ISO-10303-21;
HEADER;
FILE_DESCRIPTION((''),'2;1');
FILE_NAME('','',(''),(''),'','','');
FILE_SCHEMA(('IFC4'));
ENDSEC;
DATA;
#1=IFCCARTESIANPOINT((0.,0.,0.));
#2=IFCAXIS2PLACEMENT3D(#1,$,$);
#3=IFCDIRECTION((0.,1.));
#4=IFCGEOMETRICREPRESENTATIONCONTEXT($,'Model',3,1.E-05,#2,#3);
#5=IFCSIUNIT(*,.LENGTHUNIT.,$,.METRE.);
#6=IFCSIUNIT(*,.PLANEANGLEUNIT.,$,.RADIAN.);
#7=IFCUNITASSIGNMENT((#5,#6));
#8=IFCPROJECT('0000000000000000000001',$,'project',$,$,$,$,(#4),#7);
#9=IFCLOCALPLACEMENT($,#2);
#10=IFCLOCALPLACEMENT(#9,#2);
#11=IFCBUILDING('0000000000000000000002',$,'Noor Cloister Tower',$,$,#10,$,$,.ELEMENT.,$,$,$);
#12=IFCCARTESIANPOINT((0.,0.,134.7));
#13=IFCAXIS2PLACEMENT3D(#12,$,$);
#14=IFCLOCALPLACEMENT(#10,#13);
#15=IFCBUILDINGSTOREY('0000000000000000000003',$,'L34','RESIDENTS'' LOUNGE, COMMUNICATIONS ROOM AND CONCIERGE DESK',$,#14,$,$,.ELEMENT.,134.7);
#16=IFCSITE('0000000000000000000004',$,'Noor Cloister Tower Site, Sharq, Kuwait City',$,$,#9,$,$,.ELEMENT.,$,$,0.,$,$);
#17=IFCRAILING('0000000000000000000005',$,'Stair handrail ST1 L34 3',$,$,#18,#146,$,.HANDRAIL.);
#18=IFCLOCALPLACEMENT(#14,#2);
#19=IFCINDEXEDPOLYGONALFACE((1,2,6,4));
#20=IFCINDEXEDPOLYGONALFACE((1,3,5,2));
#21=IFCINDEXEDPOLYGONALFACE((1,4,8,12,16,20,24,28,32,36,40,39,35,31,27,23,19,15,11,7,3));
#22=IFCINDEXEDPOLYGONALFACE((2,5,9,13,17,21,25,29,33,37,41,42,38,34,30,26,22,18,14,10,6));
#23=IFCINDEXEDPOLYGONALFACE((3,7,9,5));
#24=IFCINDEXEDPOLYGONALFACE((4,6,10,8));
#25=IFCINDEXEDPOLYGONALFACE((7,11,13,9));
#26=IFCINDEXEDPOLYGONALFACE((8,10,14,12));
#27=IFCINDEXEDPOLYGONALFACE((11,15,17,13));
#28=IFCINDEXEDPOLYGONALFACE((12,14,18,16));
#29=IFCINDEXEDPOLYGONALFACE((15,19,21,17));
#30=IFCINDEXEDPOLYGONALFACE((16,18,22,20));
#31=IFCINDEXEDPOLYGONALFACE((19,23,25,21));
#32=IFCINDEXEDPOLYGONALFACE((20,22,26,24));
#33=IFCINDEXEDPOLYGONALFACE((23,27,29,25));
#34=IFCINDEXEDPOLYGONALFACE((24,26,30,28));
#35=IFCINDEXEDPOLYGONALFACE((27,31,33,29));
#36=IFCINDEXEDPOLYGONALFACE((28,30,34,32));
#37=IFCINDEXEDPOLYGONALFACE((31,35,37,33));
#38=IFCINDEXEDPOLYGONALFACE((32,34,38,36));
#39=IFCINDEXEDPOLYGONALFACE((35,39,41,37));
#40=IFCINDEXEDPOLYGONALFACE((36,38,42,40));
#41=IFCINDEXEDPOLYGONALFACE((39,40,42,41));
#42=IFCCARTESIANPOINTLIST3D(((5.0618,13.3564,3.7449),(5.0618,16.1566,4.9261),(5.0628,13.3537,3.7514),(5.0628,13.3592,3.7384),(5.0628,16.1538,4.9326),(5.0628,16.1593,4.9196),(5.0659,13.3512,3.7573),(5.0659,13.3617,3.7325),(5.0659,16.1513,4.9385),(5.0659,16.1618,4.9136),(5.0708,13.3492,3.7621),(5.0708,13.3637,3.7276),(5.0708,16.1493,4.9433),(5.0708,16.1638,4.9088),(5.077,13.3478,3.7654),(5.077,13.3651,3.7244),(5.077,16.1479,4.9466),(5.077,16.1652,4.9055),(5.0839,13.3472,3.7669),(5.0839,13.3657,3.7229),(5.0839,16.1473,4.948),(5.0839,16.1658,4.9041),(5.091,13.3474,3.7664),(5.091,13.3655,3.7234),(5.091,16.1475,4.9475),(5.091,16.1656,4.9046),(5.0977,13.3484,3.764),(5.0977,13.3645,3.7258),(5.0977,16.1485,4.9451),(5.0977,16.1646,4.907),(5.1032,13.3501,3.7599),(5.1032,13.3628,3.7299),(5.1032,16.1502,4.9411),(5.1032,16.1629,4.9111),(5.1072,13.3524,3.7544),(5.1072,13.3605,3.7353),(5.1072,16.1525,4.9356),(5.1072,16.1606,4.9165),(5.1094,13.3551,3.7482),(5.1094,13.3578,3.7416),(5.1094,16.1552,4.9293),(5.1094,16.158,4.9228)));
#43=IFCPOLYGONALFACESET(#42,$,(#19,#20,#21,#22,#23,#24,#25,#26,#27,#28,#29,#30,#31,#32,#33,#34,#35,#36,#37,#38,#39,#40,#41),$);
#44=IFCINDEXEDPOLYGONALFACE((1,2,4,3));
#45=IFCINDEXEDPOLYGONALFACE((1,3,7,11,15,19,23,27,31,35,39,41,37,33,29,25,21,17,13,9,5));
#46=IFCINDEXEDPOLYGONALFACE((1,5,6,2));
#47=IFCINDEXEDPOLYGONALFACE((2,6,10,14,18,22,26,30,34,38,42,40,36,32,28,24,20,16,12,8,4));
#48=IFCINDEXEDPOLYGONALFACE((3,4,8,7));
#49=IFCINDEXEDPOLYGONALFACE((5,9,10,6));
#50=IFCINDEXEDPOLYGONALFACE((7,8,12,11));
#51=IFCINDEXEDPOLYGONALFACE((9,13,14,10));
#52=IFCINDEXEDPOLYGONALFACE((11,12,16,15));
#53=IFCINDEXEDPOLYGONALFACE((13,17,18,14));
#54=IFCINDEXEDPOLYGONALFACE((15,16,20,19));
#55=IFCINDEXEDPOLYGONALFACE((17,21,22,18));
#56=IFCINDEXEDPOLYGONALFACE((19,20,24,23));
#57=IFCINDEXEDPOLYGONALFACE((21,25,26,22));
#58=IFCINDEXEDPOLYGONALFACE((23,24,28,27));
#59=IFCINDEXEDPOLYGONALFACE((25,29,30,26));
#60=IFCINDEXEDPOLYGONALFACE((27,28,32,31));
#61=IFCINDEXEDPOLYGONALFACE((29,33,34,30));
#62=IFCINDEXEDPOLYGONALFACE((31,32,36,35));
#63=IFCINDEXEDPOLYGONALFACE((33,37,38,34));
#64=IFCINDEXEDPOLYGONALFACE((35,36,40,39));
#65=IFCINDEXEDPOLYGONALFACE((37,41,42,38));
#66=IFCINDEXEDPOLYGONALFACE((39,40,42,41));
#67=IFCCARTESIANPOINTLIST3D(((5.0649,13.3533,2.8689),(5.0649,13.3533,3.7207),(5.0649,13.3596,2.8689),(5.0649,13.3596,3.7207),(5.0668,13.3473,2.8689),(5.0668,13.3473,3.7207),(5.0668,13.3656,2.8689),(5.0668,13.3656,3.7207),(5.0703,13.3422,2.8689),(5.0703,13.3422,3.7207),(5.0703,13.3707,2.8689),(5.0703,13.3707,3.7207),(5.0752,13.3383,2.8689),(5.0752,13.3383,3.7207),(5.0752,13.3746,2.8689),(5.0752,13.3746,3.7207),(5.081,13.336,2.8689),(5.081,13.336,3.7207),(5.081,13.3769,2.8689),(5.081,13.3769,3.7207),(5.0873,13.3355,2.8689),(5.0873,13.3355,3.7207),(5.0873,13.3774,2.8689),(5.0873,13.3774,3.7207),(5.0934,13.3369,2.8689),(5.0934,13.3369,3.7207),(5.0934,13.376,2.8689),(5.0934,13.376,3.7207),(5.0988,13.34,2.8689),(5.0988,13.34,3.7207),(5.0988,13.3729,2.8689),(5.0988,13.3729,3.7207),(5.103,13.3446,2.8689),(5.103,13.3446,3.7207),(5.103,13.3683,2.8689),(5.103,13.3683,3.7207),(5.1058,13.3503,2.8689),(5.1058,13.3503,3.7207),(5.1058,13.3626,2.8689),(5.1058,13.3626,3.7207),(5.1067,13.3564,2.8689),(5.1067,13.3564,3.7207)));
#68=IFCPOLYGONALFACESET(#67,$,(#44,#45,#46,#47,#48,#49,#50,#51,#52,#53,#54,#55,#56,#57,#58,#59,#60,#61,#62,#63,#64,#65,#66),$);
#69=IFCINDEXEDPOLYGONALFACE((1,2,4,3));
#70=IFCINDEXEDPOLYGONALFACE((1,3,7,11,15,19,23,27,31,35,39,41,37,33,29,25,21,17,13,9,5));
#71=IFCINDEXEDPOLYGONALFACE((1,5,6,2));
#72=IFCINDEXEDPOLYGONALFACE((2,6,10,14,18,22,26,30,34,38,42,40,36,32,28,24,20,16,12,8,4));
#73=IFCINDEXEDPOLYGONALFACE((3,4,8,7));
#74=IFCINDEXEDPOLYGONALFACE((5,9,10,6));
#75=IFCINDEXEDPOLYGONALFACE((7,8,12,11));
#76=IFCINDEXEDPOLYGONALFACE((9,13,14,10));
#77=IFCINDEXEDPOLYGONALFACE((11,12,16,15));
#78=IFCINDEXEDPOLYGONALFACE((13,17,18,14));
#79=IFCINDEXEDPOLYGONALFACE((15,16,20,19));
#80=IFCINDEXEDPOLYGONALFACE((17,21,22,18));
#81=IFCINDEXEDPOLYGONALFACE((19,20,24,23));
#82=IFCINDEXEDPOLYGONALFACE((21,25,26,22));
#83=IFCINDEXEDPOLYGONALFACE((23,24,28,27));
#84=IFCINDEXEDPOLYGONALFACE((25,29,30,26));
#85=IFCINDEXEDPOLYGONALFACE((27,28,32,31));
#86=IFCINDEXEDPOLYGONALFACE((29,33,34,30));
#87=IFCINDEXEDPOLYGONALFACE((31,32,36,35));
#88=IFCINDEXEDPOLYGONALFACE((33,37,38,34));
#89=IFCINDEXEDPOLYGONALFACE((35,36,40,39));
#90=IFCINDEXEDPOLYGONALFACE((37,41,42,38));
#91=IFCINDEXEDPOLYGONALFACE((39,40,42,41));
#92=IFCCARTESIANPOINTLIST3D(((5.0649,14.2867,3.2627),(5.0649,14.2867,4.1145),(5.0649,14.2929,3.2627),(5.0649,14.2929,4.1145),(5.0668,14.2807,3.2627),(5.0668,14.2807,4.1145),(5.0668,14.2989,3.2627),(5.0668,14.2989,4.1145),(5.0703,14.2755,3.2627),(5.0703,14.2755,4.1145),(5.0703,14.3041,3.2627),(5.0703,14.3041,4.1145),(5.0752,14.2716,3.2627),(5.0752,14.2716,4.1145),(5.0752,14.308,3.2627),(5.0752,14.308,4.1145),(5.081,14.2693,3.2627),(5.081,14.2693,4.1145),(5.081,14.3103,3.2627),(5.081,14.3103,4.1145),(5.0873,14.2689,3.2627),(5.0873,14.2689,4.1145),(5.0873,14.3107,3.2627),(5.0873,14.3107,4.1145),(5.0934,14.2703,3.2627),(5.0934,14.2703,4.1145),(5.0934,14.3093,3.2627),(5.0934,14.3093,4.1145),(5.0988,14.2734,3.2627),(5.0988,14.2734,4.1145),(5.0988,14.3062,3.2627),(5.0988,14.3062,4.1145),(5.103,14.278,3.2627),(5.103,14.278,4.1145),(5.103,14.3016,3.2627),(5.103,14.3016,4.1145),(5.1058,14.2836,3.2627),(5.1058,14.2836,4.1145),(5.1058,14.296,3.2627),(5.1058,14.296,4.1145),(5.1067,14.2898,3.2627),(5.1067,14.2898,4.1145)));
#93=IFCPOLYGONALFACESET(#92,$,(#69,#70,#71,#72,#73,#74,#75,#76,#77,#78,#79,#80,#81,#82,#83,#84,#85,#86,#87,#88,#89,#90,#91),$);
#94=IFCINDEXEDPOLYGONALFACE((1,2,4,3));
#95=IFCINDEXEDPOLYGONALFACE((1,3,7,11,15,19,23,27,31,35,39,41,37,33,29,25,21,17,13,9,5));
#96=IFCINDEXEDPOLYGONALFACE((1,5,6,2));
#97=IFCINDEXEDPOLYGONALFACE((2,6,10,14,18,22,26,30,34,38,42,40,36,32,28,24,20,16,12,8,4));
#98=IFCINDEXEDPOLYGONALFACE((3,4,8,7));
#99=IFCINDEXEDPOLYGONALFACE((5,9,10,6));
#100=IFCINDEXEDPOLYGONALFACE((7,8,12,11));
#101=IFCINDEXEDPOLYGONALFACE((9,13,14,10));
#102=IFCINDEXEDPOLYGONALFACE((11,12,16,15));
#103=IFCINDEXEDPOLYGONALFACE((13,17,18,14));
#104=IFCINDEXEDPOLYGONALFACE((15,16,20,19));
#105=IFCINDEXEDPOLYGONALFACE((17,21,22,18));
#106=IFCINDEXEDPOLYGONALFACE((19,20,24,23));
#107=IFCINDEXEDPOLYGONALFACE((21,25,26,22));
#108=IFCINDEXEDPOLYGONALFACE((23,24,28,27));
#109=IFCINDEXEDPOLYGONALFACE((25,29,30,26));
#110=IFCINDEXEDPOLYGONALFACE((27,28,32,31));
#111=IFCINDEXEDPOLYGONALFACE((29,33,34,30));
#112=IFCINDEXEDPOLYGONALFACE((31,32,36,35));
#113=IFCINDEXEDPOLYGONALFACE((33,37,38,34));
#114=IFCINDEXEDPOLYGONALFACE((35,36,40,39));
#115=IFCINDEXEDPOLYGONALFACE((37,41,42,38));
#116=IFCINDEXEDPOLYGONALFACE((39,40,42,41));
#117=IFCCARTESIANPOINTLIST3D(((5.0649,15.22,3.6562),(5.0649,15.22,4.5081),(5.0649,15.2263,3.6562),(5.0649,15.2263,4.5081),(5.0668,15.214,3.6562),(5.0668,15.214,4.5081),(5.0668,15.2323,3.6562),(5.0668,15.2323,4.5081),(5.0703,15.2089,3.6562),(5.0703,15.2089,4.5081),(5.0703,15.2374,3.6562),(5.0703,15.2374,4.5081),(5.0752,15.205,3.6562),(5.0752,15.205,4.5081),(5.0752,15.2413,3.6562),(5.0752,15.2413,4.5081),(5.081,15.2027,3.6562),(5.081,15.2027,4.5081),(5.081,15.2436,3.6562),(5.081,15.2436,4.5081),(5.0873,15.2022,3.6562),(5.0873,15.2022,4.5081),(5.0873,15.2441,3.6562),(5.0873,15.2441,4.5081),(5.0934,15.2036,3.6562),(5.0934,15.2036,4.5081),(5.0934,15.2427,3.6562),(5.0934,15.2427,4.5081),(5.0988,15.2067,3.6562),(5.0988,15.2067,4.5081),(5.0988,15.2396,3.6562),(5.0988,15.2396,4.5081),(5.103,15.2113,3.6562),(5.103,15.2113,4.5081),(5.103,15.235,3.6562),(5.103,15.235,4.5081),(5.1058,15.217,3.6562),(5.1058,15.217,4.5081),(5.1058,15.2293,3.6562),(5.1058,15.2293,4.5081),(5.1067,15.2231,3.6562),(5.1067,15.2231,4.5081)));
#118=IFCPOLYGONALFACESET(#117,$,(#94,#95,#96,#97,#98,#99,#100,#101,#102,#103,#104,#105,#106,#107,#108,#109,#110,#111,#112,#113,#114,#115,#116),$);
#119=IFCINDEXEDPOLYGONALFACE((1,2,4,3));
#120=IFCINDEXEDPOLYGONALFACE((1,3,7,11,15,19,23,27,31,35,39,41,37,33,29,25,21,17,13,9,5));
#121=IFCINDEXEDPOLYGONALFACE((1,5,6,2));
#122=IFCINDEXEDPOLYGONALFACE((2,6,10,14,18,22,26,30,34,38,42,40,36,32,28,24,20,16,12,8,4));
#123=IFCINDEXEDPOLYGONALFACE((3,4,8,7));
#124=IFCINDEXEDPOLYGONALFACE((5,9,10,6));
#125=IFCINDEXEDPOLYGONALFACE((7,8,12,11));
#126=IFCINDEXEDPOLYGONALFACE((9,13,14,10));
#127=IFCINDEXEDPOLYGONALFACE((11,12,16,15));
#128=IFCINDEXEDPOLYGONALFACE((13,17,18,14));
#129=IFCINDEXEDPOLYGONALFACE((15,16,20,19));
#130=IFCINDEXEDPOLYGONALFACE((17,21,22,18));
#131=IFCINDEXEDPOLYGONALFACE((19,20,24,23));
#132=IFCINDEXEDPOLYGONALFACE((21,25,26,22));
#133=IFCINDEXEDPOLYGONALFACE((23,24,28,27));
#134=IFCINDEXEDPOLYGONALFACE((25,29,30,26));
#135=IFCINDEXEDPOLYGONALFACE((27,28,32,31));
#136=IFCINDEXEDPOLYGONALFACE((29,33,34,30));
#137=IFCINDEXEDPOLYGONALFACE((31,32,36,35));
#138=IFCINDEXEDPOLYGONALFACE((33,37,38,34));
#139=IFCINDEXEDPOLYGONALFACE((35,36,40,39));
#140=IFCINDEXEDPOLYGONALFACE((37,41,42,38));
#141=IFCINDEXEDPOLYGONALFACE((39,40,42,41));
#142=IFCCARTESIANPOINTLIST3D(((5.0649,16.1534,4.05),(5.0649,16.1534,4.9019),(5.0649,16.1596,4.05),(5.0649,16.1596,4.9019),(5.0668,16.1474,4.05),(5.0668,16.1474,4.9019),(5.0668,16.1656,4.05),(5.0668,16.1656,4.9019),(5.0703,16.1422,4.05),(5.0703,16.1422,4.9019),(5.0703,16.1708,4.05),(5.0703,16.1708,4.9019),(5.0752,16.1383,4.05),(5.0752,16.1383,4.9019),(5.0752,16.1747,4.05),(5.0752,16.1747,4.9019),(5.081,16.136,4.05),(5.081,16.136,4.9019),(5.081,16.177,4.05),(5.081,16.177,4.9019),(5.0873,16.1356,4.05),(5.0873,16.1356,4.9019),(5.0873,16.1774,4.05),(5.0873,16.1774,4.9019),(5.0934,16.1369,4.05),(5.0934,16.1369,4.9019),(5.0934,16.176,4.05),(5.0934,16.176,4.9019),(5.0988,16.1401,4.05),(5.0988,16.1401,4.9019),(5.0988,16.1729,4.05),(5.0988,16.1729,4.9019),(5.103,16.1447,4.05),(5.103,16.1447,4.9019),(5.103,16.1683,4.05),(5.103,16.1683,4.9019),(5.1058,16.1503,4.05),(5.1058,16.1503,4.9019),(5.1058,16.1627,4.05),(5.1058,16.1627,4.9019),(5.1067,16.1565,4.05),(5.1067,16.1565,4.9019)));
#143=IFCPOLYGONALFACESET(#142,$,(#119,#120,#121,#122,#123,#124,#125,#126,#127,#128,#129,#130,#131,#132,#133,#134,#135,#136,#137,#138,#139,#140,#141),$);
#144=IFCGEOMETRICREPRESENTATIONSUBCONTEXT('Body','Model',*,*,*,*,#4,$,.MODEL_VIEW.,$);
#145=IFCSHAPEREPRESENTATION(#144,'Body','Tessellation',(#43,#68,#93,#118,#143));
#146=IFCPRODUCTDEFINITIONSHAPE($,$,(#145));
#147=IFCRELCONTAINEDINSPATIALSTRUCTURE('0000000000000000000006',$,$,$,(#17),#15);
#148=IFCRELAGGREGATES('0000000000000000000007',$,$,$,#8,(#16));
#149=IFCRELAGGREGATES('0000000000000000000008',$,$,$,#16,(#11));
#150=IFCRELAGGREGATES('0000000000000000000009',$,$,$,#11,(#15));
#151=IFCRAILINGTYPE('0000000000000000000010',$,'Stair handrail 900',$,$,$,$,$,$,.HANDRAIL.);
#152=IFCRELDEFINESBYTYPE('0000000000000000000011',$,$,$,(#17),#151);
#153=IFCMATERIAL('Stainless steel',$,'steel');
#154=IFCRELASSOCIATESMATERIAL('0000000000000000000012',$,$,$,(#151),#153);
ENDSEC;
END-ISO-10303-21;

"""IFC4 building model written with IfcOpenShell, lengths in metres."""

from ifc_helpers import new_model, si_unit, direction, frame, origin, origin_2d, place, context, subcontext, project, spatial, circle, extrude, material, type_object, element, save


model = new_model("IFC4")

# Units and contexts
model_context = context("Model", 3, precision=1e-05, world=origin(), true_north=direction((0.0, 1.0)))
body_context = subcontext(model_context, "Body", "Model", "MODEL_VIEW")
ifc_project = project(units=[si_unit("LENGTHUNIT", "METRE"), si_unit("PLANEANGLEUNIT", "RADIAN")], contexts=[model_context])

# Site, building, storey
site_placement = place(None, origin())
site = spatial("IfcSite", under=ifc_project, at=site_placement, Name="Noor Cloister Tower Site, Sharq, Kuwait City", CompositionType="ELEMENT", RefElevation=0.0)
building_placement = place(site_placement, origin())
building = spatial("IfcBuilding", under=site, at=building_placement, Name="Noor Cloister Tower", CompositionType="ELEMENT")
storey_placement = place(building_placement, frame((0.0, 0.0, 134.7)))
storey = spatial("IfcBuildingStorey", under=building, at=storey_placement, Name="L34", Description="RESIDENTS' LOUNGE, COMMUNICATIONS ROOM AND CONCIERGE DESK", CompositionType="ELEMENT", Elevation=134.7)

# Railing
ifc_material_1 = material(Name="Stainless steel", Category="steel")
railing_type_1 = type_object("IfcRailingType", Name="Stair handrail 900", PredefinedType="HANDRAIL", material=ifc_material_1)
railing_1_placement = place(storey_placement, frame((5.0857, 13.3564, 2.8689)))
element("IfcRailing", 1, at=railing_1_placement, inside=storey, type_object=railing_type_1, Name="Stair handrail ST1 L34 3", PredefinedType="HANDRAIL", context=body_context, shape_type="SweptSolid", body=[
    extrude(circle(Radius=0.0239, at=origin_2d()), frame((0.0, 0.0, 0.876), z_axis=(0.0, 0.921378, 0.388667), x_axis=(-1.0, 0.0, 0.0)), (0.0, 0.0, 1.0), 3.0391),
    extrude(circle(Radius=0.021, at=origin_2d()), origin(), (0.0, 0.0, 1.0), 0.8518),
    extrude(circle(Radius=0.021, at=origin_2d()), frame((0.0, 0.9333, 0.3938)), (0.0, 0.0, 1.0), 0.8518),
    extrude(circle(Radius=0.021, at=origin_2d()), frame((0.0, 1.8667, 0.7874)), (0.0, 0.0, 1.0), 0.8518),
    extrude(circle(Radius=0.021, at=origin_2d()), frame((0.0, 2.8, 1.1812)), (0.0, 0.0, 1.0), 0.8518),
])

save(model, "model.ifc")
